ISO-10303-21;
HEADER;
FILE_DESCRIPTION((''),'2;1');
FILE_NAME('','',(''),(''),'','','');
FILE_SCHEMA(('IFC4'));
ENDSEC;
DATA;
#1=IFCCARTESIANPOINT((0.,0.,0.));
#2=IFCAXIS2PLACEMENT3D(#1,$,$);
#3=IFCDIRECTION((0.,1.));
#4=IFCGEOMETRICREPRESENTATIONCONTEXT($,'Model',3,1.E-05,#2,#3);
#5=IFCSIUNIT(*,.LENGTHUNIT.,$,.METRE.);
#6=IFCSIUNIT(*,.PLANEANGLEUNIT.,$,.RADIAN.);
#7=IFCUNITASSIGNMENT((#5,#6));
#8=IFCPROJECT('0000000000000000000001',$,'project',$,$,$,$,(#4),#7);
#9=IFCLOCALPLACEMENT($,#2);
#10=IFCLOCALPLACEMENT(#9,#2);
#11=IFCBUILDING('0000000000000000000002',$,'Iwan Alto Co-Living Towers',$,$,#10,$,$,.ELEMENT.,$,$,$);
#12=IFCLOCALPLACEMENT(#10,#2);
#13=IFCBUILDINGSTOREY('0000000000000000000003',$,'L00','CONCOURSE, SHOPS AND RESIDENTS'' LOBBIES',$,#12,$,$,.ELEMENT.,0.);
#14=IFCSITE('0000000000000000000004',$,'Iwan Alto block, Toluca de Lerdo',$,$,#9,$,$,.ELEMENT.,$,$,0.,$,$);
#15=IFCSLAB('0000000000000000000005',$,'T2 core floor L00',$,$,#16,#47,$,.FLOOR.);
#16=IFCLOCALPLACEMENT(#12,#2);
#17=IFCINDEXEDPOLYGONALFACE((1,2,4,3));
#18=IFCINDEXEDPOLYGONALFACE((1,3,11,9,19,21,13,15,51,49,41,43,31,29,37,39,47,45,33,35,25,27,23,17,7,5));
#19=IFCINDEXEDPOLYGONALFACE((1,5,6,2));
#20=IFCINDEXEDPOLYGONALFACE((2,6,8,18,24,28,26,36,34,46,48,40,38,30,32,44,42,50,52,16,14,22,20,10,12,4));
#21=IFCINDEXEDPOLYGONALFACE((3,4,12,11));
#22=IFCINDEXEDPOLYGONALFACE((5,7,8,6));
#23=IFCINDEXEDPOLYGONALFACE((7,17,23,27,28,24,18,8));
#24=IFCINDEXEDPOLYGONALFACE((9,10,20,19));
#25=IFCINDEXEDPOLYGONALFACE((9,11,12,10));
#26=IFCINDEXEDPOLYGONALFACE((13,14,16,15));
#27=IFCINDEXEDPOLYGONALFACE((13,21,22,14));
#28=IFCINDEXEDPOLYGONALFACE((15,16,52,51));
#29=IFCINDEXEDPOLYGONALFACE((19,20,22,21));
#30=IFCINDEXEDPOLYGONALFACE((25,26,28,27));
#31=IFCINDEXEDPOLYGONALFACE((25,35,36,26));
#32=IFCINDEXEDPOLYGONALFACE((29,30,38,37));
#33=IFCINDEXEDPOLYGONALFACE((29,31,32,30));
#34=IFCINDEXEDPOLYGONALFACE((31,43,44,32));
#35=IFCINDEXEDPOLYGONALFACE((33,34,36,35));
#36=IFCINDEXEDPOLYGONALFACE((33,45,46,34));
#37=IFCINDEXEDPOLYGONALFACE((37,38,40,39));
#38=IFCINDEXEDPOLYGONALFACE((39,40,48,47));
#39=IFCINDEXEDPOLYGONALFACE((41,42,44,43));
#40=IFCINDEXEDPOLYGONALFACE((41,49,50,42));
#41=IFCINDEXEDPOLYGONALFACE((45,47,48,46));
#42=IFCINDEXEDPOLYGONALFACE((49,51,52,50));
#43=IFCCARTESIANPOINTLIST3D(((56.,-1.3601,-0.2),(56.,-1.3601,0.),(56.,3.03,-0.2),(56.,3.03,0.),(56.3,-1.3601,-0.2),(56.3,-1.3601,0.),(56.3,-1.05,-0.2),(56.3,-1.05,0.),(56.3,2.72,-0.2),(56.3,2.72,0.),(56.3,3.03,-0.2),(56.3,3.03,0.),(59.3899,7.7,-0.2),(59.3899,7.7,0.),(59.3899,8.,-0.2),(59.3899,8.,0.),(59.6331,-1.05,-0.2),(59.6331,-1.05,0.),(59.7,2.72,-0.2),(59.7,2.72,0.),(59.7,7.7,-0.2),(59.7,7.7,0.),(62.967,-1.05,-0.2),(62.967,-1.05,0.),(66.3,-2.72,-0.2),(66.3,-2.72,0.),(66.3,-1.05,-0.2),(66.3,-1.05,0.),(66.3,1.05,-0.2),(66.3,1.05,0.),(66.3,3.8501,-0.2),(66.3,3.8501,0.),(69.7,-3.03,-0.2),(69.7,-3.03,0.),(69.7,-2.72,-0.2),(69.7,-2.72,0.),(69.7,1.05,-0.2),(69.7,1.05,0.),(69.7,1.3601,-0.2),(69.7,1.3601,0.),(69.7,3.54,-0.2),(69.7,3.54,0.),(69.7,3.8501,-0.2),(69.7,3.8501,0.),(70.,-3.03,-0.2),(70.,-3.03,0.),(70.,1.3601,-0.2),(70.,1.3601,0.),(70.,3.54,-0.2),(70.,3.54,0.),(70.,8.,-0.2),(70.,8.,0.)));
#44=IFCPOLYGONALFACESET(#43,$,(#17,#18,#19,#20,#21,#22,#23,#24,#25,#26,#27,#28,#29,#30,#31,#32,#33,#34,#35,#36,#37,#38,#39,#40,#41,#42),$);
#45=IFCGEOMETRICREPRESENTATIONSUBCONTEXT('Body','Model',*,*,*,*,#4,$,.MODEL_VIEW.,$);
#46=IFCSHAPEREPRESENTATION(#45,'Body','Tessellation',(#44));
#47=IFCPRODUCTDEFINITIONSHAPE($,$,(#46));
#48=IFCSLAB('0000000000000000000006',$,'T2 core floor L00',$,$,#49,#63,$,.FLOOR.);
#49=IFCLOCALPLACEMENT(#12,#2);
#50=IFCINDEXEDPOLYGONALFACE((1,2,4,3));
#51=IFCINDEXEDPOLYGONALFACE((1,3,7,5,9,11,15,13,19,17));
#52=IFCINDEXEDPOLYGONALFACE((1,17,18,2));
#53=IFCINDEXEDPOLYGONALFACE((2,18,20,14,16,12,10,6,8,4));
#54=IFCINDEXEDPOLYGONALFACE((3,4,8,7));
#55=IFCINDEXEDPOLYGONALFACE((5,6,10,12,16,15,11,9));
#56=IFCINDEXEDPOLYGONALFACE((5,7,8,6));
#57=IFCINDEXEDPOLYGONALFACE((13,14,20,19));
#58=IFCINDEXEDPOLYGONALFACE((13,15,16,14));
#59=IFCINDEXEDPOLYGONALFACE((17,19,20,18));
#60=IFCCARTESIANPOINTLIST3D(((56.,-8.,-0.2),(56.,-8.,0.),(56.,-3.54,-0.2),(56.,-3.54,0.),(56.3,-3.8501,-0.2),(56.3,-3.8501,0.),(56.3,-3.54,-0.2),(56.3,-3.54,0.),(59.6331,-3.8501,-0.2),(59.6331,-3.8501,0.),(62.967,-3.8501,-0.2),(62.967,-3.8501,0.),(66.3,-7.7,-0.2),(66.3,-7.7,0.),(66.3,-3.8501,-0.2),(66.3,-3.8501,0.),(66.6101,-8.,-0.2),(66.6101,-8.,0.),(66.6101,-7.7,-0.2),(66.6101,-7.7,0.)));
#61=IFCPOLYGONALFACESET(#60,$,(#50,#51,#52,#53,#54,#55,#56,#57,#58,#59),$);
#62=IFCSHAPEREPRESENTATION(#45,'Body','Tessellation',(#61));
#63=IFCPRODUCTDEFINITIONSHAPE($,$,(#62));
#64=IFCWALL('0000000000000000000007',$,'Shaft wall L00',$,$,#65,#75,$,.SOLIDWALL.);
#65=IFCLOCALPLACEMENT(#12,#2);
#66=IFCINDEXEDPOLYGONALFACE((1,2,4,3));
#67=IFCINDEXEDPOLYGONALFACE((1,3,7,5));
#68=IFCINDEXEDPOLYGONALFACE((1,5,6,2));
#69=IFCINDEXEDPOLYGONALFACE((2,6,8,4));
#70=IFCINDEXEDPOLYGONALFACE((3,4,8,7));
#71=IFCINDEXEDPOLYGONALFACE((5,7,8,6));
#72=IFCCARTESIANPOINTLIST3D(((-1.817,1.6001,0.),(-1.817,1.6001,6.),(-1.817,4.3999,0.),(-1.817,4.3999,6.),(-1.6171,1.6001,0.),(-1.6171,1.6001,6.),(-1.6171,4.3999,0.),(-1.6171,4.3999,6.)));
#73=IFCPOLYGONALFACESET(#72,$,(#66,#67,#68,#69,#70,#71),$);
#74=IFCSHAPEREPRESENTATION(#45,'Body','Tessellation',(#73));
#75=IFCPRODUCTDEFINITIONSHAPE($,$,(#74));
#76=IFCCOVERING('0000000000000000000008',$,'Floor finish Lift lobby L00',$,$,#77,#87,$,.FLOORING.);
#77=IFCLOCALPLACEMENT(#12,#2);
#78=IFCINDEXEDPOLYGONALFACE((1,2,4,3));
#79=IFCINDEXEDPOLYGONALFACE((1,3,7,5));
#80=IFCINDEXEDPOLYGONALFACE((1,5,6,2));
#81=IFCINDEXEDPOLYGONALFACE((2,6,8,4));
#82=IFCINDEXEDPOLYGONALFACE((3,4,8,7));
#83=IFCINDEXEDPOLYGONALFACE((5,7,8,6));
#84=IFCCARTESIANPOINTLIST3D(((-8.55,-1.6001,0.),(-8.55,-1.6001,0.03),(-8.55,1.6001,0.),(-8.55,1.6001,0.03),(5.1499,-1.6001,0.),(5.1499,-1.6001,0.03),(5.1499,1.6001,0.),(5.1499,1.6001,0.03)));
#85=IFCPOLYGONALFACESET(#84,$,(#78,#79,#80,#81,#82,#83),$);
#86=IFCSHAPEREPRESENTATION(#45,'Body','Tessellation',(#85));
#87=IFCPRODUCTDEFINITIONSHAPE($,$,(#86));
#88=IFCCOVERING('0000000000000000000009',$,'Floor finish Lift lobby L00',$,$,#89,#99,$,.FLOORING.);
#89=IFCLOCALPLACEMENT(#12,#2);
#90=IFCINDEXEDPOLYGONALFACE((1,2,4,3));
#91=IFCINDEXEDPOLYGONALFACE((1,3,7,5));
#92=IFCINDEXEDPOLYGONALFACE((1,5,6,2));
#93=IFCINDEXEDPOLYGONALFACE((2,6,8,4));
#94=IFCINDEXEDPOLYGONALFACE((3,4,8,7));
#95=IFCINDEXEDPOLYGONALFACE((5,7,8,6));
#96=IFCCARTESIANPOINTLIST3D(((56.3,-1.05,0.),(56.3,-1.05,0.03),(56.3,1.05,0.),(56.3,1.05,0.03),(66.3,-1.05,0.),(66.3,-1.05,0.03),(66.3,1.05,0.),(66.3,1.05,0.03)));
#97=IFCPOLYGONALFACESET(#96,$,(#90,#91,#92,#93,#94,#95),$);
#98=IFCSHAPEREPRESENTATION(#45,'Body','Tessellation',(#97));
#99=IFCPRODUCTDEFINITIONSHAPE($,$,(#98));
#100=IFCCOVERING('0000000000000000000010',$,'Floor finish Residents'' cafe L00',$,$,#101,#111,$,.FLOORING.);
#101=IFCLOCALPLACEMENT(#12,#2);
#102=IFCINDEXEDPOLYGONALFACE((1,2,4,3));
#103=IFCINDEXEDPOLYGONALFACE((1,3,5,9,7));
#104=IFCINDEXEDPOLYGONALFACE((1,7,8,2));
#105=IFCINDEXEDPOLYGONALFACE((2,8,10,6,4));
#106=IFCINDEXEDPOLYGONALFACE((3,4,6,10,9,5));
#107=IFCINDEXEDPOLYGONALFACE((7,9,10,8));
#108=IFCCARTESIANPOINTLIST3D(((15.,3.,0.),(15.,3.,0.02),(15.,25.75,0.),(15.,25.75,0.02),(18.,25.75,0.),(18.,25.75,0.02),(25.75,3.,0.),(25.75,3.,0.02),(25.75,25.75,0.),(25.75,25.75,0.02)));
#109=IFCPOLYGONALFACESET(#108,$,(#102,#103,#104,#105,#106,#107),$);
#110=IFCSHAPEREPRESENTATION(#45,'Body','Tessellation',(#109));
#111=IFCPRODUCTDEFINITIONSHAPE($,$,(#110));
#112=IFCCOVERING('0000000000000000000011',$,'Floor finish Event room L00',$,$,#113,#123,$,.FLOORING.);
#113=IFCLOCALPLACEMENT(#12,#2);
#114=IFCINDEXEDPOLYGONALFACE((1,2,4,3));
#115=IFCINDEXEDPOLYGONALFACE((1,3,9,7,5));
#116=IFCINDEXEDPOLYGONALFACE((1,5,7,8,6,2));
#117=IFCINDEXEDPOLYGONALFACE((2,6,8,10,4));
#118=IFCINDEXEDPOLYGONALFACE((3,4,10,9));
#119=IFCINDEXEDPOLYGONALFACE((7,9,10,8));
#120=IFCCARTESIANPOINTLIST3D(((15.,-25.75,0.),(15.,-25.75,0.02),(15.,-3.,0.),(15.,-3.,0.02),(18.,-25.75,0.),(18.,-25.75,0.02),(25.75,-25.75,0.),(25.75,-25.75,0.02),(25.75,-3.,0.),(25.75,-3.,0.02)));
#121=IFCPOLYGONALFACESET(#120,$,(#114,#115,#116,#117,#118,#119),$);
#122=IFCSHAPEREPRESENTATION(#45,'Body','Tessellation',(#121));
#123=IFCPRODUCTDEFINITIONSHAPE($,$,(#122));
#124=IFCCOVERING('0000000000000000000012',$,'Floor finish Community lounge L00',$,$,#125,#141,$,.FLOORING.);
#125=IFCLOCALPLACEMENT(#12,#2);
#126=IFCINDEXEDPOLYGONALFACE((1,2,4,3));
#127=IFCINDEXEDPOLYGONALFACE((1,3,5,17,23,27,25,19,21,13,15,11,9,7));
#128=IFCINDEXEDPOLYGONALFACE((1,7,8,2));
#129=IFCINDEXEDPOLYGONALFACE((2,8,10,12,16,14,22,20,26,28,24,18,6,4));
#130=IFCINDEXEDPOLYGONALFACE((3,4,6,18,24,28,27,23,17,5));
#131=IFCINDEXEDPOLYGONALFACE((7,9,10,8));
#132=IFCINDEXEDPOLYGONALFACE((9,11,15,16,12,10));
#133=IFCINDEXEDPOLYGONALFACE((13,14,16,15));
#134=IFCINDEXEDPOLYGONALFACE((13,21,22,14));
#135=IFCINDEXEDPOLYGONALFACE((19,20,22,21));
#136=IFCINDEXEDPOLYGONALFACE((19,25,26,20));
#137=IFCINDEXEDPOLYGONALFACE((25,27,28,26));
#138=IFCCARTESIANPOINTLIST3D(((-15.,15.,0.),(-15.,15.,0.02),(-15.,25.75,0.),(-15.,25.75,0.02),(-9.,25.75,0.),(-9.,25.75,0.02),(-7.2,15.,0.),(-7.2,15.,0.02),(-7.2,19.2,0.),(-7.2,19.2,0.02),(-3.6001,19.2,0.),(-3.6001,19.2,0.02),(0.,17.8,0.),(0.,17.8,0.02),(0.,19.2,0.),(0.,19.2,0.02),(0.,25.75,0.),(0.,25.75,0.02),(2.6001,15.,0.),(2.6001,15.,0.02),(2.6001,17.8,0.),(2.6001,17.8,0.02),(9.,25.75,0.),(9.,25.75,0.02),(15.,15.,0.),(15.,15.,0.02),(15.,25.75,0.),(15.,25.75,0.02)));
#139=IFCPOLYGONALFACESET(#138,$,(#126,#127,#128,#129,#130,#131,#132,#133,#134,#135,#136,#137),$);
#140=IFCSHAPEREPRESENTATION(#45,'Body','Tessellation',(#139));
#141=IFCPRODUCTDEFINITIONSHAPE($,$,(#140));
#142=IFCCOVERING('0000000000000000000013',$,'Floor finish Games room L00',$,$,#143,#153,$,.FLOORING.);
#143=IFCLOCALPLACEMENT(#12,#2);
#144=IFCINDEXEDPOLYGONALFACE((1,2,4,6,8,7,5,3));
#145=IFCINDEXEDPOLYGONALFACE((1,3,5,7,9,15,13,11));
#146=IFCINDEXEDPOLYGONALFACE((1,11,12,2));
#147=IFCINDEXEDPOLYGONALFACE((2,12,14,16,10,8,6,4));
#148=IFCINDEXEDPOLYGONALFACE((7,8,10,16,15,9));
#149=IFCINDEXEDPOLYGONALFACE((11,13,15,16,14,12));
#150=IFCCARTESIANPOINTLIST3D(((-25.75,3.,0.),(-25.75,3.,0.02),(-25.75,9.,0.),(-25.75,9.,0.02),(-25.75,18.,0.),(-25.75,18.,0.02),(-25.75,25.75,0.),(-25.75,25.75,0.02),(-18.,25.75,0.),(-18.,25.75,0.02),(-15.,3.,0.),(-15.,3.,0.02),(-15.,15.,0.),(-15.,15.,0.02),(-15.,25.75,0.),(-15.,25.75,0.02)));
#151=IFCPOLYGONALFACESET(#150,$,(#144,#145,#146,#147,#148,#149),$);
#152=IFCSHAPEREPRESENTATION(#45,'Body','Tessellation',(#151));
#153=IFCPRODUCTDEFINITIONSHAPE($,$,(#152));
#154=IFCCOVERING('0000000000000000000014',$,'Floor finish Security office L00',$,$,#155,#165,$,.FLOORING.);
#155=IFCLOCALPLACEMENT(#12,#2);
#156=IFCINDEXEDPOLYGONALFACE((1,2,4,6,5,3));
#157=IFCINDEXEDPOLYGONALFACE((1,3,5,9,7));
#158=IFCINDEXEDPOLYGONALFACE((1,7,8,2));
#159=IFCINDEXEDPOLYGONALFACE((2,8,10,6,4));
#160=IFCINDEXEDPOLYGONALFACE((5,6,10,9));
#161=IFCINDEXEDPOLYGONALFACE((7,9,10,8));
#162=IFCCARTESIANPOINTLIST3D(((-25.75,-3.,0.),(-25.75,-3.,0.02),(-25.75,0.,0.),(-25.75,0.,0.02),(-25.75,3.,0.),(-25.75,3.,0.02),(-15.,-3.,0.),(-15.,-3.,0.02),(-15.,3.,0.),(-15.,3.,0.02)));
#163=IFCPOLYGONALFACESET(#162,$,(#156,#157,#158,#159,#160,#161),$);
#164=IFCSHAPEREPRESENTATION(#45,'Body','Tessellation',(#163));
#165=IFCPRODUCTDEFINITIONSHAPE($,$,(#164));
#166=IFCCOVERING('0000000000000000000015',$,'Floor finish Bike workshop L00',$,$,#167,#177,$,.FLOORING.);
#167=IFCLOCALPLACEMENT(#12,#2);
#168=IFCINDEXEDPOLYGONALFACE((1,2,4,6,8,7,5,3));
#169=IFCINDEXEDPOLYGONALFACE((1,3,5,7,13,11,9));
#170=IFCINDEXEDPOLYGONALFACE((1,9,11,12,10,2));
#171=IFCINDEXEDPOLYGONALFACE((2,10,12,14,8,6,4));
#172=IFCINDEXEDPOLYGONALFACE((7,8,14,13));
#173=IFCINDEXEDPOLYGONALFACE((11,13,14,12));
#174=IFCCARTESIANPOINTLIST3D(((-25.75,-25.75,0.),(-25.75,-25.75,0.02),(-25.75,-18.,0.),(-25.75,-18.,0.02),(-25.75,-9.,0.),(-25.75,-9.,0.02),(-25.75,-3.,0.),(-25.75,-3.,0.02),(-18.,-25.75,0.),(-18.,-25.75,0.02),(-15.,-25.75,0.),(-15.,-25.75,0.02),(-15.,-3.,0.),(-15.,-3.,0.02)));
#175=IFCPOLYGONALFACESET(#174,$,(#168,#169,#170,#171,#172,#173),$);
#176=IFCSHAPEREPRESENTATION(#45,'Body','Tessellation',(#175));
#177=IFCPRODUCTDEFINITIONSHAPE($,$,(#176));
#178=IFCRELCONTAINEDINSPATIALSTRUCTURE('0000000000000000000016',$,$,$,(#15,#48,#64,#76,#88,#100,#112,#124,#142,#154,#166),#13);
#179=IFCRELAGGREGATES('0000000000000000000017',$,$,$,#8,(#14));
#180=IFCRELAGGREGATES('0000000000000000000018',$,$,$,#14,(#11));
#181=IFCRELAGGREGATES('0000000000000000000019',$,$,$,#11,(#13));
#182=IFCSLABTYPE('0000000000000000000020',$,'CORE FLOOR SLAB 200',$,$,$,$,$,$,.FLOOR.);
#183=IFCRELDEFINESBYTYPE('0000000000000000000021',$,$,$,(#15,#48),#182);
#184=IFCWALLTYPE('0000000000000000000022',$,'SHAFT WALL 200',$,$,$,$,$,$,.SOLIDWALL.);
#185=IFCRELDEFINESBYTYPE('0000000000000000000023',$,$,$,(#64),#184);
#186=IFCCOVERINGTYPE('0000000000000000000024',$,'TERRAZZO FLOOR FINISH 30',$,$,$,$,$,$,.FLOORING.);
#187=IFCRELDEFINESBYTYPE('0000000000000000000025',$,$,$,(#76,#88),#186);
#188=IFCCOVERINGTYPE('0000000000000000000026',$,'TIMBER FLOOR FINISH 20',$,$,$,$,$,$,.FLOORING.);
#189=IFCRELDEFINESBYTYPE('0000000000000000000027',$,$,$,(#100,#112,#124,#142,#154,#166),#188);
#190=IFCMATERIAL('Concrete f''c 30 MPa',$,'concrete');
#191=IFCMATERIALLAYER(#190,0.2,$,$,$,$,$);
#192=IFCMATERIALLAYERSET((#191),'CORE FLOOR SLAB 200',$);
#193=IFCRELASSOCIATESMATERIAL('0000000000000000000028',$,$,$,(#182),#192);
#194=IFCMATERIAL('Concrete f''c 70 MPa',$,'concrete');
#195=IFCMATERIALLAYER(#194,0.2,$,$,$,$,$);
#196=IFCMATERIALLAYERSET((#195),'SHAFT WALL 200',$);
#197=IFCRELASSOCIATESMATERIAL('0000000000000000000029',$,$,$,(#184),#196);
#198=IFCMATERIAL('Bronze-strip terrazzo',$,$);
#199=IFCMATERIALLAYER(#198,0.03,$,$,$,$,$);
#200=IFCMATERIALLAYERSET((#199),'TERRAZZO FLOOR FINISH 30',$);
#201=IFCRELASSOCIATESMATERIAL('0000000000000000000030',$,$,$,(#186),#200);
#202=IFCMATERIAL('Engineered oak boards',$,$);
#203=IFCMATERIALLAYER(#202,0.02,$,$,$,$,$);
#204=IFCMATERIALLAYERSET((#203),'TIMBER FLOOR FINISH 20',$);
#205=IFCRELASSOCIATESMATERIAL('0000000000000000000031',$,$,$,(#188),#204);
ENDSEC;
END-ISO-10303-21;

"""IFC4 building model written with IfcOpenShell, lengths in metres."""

from ifc_helpers import new_model, si_unit, direction, frame, frame_2d, origin, place, context, subcontext, project, spatial, polyline, rectangle, outline, extrude, material, layer, layer_set, type_object, element, save


model = new_model("IFC4")

# Units and contexts
model_context = context("Model", 3, precision=1e-05, world=origin(), true_north=direction((0.0, 1.0)))
body_context = subcontext(model_context, "Body", "Model", "MODEL_VIEW")
ifc_project = project(units=[si_unit("LENGTHUNIT", "METRE"), si_unit("PLANEANGLEUNIT", "RADIAN")], contexts=[model_context])

# Site, building, storey
site_placement = place(None, origin())
site = spatial("IfcSite", under=ifc_project, at=site_placement, Name="Iwan Alto block, Toluca de Lerdo", CompositionType="ELEMENT", RefElevation=0.0)
building_placement = place(site_placement, origin())
building = spatial("IfcBuilding", under=site, at=building_placement, Name="Iwan Alto Co-Living Towers", CompositionType="ELEMENT")
storey_placement = place(building_placement, origin())
storey = spatial("IfcBuildingStorey", under=building, at=storey_placement, Name="L00", Description="CONCOURSE, SHOPS AND RESIDENTS' LOBBIES", CompositionType="ELEMENT", Elevation=0.0)

# Slabs
ifc_material_1 = material(Name="Concrete f'c 30 MPa", Category="concrete")
ifc_layer_1 = layer(ifc_material_1, 0.2)
ifc_layer_set_1 = layer_set([ifc_layer_1], Name="CORE FLOOR SLAB 200")
slab_type = type_object("IfcSlabType", Name="CORE FLOOR SLAB 200", PredefinedType="FLOOR", material=ifc_layer_set_1)
slab_1_placement = place(storey_placement, frame((0.0, 0.0, -0.2)))
element("IfcSlab", 1, at=slab_1_placement, inside=storey, type_object=slab_type, Name="T2 core floor L00", PredefinedType="FLOOR", context=body_context, shape_type="SweptSolid", body=[
    extrude(outline(polyline([(70.0, -3.03), (69.7, -3.03), (69.7, -2.72), (66.3, -2.72), (66.3, -1.05), (62.967, -1.05), (59.6331, -1.05), (56.3, -1.05), (56.3, -1.3601), (56.0, -1.3601), (56.0, 3.03), (56.3, 3.03), (56.3, 2.72), (59.7, 2.72), (59.7, 7.7), (59.3899, 7.7), (59.3899, 8.0), (70.0, 8.0), (70.0, 3.54), (69.7, 3.54), (69.7, 3.8501), (66.3, 3.8501), (66.3, 1.05), (69.7, 1.05), (69.7, 1.3601), (70.0, 1.3601), (70.0, -3.03)])), origin(), (0.0, 0.0, 1.0), 0.2),
])
slab_2_placement = place(storey_placement, frame((0.0, 0.0, -0.2)))
element("IfcSlab", 2, at=slab_2_placement, inside=storey, type_object=slab_type, Name="T2 core floor L00", PredefinedType="FLOOR", context=body_context, shape_type="SweptSolid", body=[
    extrude(outline(polyline([(62.967, -3.8501), (66.3, -3.8501), (66.3, -7.7), (66.6101, -7.7), (66.6101, -8.0), (56.0, -8.0), (56.0, -3.54), (56.3, -3.54), (56.3, -3.8501), (59.6331, -3.8501), (62.967, -3.8501)])), origin(), (0.0, 0.0, 1.0), 0.2),
])

# Wall
ifc_material_2 = material(Name="Concrete f'c 70 MPa", Category="concrete")
ifc_layer_2 = layer(ifc_material_2, 0.2)
ifc_layer_set_2 = layer_set([ifc_layer_2], Name="SHAFT WALL 200")
wall_type = type_object("IfcWallType", Name="SHAFT WALL 200", PredefinedType="SOLIDWALL", material=ifc_layer_set_2)
wall_placement = place(storey_placement, frame((-1.717, 1.6001, 0.0), z_axis=(0.0, 0.0, 1.0), x_axis=(0.0, 1.0, 0.0)))
element("IfcWall", 3, at=wall_placement, inside=storey, type_object=wall_type, Name="Shaft wall L00", PredefinedType="SOLIDWALL", context=body_context, shape_type="SweptSolid", body=[
    extrude(rectangle(XDim=2.7998, YDim=0.2, at=frame_2d((1.3999, 0.0))), origin(), (0.0, 0.0, 1.0), 6.0),
])

# Coverings
ifc_material_3 = material(Name="Bronze-strip terrazzo")
ifc_layer_3 = layer(ifc_material_3, 0.03)
ifc_layer_set_3 = layer_set([ifc_layer_3], Name="TERRAZZO FLOOR FINISH 30")
covering_type_1 = type_object("IfcCoveringType", Name="TERRAZZO FLOOR FINISH 30", PredefinedType="FLOORING", material=ifc_layer_set_3)
covering_1_placement = place(storey_placement, origin())
element("IfcCovering", 4, at=covering_1_placement, inside=storey, type_object=covering_type_1, Name="Floor finish Lift lobby L00", PredefinedType="FLOORING", context=body_context, shape_type="SweptSolid", body=[
    extrude(outline(polyline([(-8.55, -1.6001), (-8.55, 1.6001), (5.1499, 1.6001), (5.1499, -1.6001), (-8.55, -1.6001)])), origin(), (0.0, 0.0, 1.0), 0.03),
])
covering_2_placement = place(storey_placement, origin())
element("IfcCovering", 5, at=covering_2_placement, inside=storey, type_object=covering_type_1, Name="Floor finish Lift lobby L00", PredefinedType="FLOORING", context=body_context, shape_type="SweptSolid", body=[
    extrude(outline(polyline([(56.3, -1.05), (56.3, 1.05), (66.3, 1.05), (66.3, -1.05), (56.3, -1.05)])), origin(), (0.0, 0.0, 1.0), 0.03),
])
ifc_material_4 = material(Name="Engineered oak boards")
ifc_layer_4 = layer(ifc_material_4, 0.02)
ifc_layer_set_4 = layer_set([ifc_layer_4], Name="TIMBER FLOOR FINISH 20")
covering_type_2 = type_object("IfcCoveringType", Name="TIMBER FLOOR FINISH 20", PredefinedType="FLOORING", material=ifc_layer_set_4)
covering_3_placement = place(storey_placement, origin())
element("IfcCovering", 6, at=covering_3_placement, inside=storey, type_object=covering_type_2, Name="Floor finish Residents' cafe L00", PredefinedType="FLOORING", context=body_context, shape_type="SweptSolid", body=[
    extrude(outline(polyline([(15.0, 3.0), (15.0, 25.75), (18.0, 25.75), (25.75, 25.75), (25.75, 3.0), (15.0, 3.0)])), origin(), (0.0, 0.0, 1.0), 0.02),
])
covering_4_placement = place(storey_placement, origin())
element("IfcCovering", 7, at=covering_4_placement, inside=storey, type_object=covering_type_2, Name="Floor finish Event room L00", PredefinedType="FLOORING", context=body_context, shape_type="SweptSolid", body=[
    extrude(outline(polyline([(25.75, -3.0), (25.75, -25.75), (18.0, -25.75), (15.0, -25.75), (15.0, -3.0), (25.75, -3.0)])), origin(), (0.0, 0.0, 1.0), 0.02),
])
covering_5_placement = place(storey_placement, origin())
element("IfcCovering", 8, at=covering_5_placement, inside=storey, type_object=covering_type_2, Name="Floor finish Community lounge L00", PredefinedType="FLOORING", context=body_context, shape_type="SweptSolid", body=[
    extrude(outline(polyline([(2.6001, 15.0), (2.6001, 17.8), (0.0, 17.8), (0.0, 19.2), (-3.6001, 19.2), (-7.2, 19.2), (-7.2, 15.0), (-15.0, 15.0), (-15.0, 25.75), (-9.0, 25.75), (0.0, 25.75), (9.0, 25.75), (15.0, 25.75), (15.0, 15.0), (2.6001, 15.0)])), origin(), (0.0, 0.0, 1.0), 0.02),
])
covering_6_placement = place(storey_placement, origin())
element("IfcCovering", 9, at=covering_6_placement, inside=storey, type_object=covering_type_2, Name="Floor finish Games room L00", PredefinedType="FLOORING", context=body_context, shape_type="SweptSolid", body=[
    extrude(outline(polyline([(-25.75, 3.0), (-25.75, 9.0), (-25.75, 18.0), (-25.75, 25.75), (-18.0, 25.75), (-15.0, 25.75), (-15.0, 15.0), (-15.0, 3.0), (-25.75, 3.0)])), origin(), (0.0, 0.0, 1.0), 0.02),
])
covering_7_placement = place(storey_placement, origin())
element("IfcCovering", 10, at=covering_7_placement, inside=storey, type_object=covering_type_2, Name="Floor finish Security office L00", PredefinedType="FLOORING", context=body_context, shape_type="SweptSolid", body=[
    extrude(outline(polyline([(-25.75, -3.0), (-25.75, 0.0), (-25.75, 3.0), (-15.0, 3.0), (-15.0, -3.0), (-25.75, -3.0)])), origin(), (0.0, 0.0, 1.0), 0.02),
])
covering_8_placement = place(storey_placement, origin())
element("IfcCovering", 11, at=covering_8_placement, inside=storey, type_object=covering_type_2, Name="Floor finish Bike workshop L00", PredefinedType="FLOORING", context=body_context, shape_type="SweptSolid", body=[
    extrude(outline(polyline([(-18.0, -25.75), (-25.75, -25.75), (-25.75, -18.0), (-25.75, -9.0), (-25.75, -3.0), (-15.0, -3.0), (-15.0, -25.75), (-18.0, -25.75)])), origin(), (0.0, 0.0, 1.0), 0.02),
])

save(model, "model.ifc")
